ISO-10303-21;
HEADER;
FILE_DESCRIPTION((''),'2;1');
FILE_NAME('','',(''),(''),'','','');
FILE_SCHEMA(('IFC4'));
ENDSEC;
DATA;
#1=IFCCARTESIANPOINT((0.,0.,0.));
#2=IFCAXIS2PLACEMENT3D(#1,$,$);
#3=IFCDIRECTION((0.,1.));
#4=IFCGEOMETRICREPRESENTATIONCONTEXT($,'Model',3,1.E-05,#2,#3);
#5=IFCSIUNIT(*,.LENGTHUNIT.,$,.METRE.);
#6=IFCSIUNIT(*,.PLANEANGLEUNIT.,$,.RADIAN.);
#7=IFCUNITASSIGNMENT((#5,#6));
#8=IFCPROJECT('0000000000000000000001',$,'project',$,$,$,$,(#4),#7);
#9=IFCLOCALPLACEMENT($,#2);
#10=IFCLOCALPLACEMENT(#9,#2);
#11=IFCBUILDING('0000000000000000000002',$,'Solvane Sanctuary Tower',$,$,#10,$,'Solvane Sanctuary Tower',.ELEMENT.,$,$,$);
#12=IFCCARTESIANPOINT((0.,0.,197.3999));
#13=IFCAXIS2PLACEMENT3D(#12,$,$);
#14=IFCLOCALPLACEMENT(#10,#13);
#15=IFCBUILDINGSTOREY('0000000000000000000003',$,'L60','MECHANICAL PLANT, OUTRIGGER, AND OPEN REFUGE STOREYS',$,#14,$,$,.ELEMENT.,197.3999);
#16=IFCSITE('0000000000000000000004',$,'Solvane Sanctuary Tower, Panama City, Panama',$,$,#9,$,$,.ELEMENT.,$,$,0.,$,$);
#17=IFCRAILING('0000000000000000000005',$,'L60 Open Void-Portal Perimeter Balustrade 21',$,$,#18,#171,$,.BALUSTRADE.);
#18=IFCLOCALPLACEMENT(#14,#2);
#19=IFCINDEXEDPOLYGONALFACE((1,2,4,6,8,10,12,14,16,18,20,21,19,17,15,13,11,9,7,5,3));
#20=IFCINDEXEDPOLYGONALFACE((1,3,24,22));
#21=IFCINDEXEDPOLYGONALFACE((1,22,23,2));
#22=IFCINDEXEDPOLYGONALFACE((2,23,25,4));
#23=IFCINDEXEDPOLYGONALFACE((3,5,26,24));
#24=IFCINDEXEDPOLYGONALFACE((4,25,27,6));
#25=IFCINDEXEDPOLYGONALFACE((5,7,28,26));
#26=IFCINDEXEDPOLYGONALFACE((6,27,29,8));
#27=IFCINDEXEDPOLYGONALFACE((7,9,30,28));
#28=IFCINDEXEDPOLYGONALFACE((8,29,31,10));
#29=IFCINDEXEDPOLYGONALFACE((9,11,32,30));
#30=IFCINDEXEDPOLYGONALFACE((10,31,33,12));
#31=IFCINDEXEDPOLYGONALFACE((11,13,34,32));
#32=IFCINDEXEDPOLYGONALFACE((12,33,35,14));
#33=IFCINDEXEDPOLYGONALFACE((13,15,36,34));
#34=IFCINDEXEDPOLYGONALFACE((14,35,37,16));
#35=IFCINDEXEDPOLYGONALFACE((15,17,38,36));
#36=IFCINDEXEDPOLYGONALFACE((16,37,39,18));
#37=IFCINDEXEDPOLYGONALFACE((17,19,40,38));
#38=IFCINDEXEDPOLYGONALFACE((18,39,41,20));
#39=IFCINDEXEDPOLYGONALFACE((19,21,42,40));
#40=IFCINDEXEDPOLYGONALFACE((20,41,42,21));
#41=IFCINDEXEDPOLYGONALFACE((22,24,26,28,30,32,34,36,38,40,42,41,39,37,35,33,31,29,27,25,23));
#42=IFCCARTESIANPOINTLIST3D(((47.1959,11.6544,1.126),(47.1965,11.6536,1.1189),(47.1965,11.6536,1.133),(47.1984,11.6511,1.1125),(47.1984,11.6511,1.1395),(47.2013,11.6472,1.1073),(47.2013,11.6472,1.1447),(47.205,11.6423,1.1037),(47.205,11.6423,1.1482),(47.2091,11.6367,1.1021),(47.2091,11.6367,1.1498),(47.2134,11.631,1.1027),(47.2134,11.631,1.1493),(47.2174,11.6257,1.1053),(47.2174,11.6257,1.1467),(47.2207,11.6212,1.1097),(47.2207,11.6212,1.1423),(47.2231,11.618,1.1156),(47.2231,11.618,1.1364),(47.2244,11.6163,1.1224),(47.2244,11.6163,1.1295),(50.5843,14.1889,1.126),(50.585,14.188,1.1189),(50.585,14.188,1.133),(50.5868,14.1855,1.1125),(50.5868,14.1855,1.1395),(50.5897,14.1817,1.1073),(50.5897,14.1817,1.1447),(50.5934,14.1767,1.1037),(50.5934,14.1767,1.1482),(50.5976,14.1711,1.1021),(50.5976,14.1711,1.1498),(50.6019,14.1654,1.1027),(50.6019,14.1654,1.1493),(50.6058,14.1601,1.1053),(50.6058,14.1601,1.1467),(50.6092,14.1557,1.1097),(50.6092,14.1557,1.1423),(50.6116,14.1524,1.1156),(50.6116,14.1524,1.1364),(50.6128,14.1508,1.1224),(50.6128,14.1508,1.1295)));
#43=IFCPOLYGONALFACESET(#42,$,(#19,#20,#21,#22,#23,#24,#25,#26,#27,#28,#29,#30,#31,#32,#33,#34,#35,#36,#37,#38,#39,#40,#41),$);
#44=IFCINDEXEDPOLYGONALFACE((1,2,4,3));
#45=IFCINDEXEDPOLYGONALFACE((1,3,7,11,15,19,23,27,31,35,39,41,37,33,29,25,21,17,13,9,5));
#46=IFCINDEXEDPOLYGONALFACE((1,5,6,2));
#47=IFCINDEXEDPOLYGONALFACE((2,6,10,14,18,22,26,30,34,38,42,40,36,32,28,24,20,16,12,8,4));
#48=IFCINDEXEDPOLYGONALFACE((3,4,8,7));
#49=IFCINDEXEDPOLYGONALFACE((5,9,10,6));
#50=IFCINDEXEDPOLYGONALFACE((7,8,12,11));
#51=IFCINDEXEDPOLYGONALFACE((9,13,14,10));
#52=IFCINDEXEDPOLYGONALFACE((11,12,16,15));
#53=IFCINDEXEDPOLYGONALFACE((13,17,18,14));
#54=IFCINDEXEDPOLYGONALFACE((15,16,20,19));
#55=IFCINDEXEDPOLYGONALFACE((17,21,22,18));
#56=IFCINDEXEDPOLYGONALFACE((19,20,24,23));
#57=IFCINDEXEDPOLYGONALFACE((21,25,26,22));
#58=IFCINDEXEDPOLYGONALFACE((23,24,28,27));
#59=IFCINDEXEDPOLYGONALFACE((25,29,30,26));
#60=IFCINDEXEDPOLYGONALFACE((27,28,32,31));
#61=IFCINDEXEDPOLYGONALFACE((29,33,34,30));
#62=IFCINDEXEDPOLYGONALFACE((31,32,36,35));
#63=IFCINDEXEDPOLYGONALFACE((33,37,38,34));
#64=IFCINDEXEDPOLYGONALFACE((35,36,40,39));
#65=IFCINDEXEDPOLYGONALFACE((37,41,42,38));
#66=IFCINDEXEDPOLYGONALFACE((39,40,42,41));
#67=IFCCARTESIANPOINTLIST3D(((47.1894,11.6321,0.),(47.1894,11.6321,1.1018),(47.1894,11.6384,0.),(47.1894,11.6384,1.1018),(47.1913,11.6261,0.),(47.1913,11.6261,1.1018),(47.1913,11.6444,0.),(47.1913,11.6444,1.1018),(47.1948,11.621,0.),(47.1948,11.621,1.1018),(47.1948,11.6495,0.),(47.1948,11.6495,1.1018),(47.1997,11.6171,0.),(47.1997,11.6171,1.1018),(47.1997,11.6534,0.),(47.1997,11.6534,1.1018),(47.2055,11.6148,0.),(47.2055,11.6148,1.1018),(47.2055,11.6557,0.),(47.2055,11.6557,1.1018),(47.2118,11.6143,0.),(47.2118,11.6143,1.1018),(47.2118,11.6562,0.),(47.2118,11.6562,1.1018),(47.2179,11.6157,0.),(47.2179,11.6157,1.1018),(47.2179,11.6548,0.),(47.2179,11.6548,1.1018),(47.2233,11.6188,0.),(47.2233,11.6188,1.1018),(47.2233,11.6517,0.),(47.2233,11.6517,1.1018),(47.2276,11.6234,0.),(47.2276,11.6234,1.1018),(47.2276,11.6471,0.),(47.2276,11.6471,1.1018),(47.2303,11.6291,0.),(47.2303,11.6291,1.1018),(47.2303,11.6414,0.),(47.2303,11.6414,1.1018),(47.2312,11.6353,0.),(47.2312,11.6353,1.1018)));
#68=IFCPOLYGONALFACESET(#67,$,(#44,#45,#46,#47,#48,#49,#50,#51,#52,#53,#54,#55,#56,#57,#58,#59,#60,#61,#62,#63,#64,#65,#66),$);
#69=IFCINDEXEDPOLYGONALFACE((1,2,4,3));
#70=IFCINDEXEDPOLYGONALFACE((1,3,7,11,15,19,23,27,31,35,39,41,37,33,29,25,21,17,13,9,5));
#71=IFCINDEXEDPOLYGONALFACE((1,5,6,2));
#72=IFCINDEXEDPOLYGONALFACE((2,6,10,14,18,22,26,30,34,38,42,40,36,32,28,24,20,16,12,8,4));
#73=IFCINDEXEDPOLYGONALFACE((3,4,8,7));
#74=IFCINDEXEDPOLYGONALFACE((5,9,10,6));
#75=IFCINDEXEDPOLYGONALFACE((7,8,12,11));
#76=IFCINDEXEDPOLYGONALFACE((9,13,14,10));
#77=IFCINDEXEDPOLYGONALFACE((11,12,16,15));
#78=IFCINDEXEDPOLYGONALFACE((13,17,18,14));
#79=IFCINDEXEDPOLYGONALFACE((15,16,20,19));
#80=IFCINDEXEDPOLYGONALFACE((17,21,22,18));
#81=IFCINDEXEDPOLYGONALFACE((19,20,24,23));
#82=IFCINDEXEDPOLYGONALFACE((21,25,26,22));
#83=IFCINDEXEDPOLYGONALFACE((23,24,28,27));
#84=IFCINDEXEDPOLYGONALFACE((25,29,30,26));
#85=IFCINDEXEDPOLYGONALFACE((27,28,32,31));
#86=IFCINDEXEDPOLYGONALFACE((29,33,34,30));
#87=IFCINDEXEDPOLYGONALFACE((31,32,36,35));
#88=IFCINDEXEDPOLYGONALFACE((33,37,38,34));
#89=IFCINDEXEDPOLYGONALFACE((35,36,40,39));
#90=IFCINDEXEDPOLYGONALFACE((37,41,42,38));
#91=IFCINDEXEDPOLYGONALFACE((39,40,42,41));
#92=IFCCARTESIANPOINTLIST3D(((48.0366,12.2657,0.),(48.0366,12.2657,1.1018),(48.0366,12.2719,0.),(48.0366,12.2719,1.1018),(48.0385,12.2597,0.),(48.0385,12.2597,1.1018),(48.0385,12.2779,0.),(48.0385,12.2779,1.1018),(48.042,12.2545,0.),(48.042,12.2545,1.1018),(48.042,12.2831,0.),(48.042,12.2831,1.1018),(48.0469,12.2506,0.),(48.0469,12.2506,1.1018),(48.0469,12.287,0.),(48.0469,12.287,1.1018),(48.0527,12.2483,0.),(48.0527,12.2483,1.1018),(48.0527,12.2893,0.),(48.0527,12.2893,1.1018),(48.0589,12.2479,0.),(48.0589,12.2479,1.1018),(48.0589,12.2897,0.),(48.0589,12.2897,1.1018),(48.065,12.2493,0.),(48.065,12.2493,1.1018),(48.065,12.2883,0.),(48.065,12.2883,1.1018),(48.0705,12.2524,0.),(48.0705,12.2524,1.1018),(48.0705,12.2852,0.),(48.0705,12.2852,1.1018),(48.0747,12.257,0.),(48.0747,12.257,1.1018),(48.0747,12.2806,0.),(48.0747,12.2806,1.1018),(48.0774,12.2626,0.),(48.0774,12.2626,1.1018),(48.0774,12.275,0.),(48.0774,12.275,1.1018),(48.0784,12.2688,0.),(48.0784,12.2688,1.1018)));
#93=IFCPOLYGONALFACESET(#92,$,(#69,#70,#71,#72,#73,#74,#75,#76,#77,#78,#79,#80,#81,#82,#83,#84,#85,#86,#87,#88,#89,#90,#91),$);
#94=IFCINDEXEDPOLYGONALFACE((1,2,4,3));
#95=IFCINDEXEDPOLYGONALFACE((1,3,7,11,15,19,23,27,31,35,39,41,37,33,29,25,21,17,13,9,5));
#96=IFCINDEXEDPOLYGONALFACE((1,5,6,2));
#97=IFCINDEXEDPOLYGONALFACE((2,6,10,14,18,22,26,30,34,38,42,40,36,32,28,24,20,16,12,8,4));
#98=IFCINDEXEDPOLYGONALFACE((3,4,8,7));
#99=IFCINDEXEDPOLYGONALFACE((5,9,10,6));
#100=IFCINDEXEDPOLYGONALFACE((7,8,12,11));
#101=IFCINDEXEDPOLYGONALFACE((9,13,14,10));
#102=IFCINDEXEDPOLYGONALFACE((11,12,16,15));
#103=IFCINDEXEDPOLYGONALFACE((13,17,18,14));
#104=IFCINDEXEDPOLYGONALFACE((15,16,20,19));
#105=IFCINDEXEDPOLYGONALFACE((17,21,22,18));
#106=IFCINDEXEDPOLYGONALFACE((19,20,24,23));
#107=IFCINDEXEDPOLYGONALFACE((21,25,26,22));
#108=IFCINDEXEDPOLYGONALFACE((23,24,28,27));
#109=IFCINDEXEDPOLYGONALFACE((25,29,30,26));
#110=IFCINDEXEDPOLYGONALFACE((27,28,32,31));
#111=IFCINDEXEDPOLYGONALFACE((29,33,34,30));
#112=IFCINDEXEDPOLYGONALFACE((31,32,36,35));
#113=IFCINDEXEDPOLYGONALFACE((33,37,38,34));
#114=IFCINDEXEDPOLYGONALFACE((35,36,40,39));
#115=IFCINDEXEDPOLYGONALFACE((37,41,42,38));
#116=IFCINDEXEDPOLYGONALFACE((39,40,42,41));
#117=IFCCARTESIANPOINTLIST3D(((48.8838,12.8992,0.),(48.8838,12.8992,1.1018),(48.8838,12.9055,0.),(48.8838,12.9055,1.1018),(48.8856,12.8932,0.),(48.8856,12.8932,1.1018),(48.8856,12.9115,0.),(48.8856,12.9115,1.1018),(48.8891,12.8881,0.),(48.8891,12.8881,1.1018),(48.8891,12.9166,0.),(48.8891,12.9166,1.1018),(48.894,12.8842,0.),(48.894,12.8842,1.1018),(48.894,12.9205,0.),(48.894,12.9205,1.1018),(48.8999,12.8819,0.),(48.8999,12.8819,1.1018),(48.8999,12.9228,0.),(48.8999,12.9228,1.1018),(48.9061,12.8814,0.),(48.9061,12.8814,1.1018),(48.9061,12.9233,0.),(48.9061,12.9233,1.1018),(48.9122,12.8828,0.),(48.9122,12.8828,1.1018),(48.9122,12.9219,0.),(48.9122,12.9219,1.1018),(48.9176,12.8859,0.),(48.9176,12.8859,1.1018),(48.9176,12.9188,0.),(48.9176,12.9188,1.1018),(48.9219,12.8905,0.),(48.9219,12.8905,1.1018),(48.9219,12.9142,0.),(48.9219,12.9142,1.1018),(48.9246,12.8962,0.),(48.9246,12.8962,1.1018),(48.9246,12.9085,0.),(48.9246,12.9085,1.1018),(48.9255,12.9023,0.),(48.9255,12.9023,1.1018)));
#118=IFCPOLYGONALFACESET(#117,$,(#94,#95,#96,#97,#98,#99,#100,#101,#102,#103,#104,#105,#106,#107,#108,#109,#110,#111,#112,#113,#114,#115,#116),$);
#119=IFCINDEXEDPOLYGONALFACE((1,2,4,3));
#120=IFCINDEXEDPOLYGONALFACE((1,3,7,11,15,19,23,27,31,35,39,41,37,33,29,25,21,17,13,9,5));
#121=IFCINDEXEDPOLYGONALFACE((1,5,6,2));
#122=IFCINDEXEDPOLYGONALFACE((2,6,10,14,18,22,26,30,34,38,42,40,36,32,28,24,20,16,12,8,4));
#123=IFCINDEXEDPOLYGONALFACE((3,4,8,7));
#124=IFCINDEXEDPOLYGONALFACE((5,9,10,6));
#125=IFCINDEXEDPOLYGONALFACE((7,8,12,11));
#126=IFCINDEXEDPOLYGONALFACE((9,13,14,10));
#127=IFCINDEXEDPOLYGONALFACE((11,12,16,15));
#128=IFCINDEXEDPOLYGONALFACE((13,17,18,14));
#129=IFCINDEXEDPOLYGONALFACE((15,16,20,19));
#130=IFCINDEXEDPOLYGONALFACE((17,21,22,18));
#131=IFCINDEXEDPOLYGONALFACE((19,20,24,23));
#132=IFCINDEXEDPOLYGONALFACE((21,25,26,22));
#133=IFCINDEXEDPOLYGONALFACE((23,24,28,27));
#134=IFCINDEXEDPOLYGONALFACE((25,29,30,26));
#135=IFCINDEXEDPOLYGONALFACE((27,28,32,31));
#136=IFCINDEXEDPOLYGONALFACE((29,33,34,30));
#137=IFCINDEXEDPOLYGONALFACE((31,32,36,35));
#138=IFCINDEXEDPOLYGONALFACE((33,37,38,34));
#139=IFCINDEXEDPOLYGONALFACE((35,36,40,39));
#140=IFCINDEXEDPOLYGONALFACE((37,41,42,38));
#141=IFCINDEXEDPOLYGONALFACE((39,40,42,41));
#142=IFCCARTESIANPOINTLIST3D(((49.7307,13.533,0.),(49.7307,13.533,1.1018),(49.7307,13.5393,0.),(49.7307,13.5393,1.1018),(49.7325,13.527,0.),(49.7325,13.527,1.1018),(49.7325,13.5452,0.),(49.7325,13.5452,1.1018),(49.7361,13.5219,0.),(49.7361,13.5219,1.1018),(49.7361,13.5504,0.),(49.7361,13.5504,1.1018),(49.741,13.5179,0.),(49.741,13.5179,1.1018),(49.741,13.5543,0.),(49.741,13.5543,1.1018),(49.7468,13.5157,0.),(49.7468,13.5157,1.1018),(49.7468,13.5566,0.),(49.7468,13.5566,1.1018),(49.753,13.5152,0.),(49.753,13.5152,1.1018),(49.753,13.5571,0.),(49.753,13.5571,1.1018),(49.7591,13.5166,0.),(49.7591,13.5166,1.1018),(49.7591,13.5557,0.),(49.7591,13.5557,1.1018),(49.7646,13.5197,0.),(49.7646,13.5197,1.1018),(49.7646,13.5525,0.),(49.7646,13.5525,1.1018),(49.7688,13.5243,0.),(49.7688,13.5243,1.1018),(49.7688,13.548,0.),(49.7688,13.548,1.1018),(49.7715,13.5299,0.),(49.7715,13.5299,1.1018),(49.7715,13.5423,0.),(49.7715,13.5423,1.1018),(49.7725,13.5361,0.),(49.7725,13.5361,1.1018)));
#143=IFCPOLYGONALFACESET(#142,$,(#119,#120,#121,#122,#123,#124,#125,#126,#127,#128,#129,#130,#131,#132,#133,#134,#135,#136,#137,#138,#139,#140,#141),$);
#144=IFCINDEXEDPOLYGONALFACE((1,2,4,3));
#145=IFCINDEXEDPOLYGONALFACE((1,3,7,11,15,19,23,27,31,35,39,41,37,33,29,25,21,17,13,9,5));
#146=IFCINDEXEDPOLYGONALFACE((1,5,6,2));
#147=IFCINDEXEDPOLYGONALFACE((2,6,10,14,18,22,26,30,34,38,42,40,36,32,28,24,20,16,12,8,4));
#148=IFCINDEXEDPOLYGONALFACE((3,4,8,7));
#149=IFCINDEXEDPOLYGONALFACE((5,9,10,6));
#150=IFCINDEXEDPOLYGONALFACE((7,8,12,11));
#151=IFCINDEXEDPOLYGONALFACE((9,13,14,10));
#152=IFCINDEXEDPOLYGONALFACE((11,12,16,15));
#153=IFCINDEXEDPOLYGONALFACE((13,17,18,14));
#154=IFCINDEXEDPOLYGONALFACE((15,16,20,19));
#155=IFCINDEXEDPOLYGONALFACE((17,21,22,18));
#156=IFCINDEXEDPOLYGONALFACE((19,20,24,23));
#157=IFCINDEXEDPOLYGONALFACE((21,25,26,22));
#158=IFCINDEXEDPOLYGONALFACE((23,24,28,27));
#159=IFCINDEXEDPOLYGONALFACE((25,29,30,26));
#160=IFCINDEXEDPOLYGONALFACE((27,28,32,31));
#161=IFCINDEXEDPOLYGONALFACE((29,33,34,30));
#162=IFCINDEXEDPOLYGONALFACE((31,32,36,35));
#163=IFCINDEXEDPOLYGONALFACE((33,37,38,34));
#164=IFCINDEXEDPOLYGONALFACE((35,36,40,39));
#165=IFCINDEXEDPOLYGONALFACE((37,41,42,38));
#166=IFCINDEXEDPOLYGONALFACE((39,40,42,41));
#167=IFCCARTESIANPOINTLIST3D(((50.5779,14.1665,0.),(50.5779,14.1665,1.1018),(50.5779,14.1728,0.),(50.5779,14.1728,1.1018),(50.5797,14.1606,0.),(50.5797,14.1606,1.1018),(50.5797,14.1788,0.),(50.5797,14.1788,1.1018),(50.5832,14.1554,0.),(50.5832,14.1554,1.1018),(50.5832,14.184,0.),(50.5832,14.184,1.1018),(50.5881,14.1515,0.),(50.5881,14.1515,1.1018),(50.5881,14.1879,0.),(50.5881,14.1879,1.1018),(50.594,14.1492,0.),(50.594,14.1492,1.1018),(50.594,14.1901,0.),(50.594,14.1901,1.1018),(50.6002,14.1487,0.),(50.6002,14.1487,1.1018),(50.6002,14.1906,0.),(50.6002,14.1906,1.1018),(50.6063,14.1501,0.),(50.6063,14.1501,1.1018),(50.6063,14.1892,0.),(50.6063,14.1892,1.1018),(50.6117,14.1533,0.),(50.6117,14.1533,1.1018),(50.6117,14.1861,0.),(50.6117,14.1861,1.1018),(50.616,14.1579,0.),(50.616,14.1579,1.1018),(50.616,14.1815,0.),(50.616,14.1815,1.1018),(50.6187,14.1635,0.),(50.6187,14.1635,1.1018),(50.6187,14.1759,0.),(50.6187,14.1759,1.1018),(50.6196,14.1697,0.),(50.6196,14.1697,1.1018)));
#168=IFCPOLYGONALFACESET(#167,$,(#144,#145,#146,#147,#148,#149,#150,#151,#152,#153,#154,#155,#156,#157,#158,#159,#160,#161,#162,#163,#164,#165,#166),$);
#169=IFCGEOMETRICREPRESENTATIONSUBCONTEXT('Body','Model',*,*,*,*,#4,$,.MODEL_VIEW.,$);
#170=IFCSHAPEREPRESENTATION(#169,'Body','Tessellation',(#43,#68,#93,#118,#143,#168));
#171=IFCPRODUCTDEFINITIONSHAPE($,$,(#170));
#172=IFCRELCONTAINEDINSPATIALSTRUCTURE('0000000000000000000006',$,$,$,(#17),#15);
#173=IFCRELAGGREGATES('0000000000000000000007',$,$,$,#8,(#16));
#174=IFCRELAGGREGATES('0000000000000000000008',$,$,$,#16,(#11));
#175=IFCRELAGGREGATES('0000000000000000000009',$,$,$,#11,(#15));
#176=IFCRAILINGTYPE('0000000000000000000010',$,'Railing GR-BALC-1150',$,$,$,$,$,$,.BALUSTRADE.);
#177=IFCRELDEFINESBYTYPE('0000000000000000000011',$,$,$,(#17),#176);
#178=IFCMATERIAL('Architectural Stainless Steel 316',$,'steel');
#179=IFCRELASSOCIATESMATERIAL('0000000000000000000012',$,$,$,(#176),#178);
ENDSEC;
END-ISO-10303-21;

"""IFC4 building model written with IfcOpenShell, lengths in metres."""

from ifc_helpers import new_model, si_unit, direction, frame, origin, origin_2d, place, context, subcontext, project, spatial, circle, extrude, material, type_object, element, save


model = new_model("IFC4")

# Units and contexts
model_context = context("Model", 3, precision=1e-05, world=origin(), true_north=direction((0.0, 1.0)))
body_context = subcontext(model_context, "Body", "Model", "MODEL_VIEW")
ifc_project = project(units=[si_unit("LENGTHUNIT", "METRE"), si_unit("PLANEANGLEUNIT", "RADIAN")], contexts=[model_context])

# Site, building, storey
site_placement = place(None, origin())
site = spatial("IfcSite", under=ifc_project, at=site_placement, Name="Solvane Sanctuary Tower, Panama City, Panama", CompositionType="ELEMENT", RefElevation=0.0)
building_placement = place(site_placement, origin())
building = spatial("IfcBuilding", under=site, at=building_placement, Name="Solvane Sanctuary Tower", LongName="Solvane Sanctuary Tower", CompositionType="ELEMENT")
storey_placement = place(building_placement, frame((0.0, 0.0, 197.3999)))
storey = spatial("IfcBuildingStorey", under=building, at=storey_placement, Name="L60", Description="MECHANICAL PLANT, OUTRIGGER, AND OPEN REFUGE STOREYS", CompositionType="ELEMENT", Elevation=197.3999)

# Railing
ifc_material_1 = material(Name="Architectural Stainless Steel 316", Category="steel")
railing_type = type_object("IfcRailingType", Name="Railing GR-BALC-1150", PredefinedType="BALUSTRADE", material=ifc_material_1)
railing_1_placement = place(storey_placement, frame((47.2102, 11.6353, 0.0)))
element("IfcRailing", 1, at=railing_1_placement, inside=storey, type_object=railing_type, Name="L60 Open Void-Portal Perimeter Balustrade 21", PredefinedType="BALUSTRADE", context=body_context, shape_type="SweptSolid", body=[
    extrude(circle(Radius=0.0239, at=origin_2d()), frame((0.0, 0.0, 1.126), z_axis=(0.800782, 0.598956, 0.0), x_axis=(-0.598956, 0.800782, 0.0)), (0.0, 0.0, 1.0), 4.2314),
    extrude(circle(Radius=0.021, at=origin_2d()), origin(), (0.0, 0.0, 1.0), 1.1018),
    extrude(circle(Radius=0.021, at=origin_2d()), frame((0.8472, 0.6335, 0.0)), (0.0, 0.0, 1.0), 1.1018),
    extrude(circle(Radius=0.021, at=origin_2d()), frame((1.6943, 1.2671, 0.0)), (0.0, 0.0, 1.0), 1.1018),
    extrude(circle(Radius=0.021, at=origin_2d()), frame((2.5413, 1.9009, 0.0)), (0.0, 0.0, 1.0), 1.1018),
    extrude(circle(Radius=0.021, at=origin_2d()), frame((3.3884, 2.5344, 0.0)), (0.0, 0.0, 1.0), 1.1018),
])

save(model, "model.ifc")
